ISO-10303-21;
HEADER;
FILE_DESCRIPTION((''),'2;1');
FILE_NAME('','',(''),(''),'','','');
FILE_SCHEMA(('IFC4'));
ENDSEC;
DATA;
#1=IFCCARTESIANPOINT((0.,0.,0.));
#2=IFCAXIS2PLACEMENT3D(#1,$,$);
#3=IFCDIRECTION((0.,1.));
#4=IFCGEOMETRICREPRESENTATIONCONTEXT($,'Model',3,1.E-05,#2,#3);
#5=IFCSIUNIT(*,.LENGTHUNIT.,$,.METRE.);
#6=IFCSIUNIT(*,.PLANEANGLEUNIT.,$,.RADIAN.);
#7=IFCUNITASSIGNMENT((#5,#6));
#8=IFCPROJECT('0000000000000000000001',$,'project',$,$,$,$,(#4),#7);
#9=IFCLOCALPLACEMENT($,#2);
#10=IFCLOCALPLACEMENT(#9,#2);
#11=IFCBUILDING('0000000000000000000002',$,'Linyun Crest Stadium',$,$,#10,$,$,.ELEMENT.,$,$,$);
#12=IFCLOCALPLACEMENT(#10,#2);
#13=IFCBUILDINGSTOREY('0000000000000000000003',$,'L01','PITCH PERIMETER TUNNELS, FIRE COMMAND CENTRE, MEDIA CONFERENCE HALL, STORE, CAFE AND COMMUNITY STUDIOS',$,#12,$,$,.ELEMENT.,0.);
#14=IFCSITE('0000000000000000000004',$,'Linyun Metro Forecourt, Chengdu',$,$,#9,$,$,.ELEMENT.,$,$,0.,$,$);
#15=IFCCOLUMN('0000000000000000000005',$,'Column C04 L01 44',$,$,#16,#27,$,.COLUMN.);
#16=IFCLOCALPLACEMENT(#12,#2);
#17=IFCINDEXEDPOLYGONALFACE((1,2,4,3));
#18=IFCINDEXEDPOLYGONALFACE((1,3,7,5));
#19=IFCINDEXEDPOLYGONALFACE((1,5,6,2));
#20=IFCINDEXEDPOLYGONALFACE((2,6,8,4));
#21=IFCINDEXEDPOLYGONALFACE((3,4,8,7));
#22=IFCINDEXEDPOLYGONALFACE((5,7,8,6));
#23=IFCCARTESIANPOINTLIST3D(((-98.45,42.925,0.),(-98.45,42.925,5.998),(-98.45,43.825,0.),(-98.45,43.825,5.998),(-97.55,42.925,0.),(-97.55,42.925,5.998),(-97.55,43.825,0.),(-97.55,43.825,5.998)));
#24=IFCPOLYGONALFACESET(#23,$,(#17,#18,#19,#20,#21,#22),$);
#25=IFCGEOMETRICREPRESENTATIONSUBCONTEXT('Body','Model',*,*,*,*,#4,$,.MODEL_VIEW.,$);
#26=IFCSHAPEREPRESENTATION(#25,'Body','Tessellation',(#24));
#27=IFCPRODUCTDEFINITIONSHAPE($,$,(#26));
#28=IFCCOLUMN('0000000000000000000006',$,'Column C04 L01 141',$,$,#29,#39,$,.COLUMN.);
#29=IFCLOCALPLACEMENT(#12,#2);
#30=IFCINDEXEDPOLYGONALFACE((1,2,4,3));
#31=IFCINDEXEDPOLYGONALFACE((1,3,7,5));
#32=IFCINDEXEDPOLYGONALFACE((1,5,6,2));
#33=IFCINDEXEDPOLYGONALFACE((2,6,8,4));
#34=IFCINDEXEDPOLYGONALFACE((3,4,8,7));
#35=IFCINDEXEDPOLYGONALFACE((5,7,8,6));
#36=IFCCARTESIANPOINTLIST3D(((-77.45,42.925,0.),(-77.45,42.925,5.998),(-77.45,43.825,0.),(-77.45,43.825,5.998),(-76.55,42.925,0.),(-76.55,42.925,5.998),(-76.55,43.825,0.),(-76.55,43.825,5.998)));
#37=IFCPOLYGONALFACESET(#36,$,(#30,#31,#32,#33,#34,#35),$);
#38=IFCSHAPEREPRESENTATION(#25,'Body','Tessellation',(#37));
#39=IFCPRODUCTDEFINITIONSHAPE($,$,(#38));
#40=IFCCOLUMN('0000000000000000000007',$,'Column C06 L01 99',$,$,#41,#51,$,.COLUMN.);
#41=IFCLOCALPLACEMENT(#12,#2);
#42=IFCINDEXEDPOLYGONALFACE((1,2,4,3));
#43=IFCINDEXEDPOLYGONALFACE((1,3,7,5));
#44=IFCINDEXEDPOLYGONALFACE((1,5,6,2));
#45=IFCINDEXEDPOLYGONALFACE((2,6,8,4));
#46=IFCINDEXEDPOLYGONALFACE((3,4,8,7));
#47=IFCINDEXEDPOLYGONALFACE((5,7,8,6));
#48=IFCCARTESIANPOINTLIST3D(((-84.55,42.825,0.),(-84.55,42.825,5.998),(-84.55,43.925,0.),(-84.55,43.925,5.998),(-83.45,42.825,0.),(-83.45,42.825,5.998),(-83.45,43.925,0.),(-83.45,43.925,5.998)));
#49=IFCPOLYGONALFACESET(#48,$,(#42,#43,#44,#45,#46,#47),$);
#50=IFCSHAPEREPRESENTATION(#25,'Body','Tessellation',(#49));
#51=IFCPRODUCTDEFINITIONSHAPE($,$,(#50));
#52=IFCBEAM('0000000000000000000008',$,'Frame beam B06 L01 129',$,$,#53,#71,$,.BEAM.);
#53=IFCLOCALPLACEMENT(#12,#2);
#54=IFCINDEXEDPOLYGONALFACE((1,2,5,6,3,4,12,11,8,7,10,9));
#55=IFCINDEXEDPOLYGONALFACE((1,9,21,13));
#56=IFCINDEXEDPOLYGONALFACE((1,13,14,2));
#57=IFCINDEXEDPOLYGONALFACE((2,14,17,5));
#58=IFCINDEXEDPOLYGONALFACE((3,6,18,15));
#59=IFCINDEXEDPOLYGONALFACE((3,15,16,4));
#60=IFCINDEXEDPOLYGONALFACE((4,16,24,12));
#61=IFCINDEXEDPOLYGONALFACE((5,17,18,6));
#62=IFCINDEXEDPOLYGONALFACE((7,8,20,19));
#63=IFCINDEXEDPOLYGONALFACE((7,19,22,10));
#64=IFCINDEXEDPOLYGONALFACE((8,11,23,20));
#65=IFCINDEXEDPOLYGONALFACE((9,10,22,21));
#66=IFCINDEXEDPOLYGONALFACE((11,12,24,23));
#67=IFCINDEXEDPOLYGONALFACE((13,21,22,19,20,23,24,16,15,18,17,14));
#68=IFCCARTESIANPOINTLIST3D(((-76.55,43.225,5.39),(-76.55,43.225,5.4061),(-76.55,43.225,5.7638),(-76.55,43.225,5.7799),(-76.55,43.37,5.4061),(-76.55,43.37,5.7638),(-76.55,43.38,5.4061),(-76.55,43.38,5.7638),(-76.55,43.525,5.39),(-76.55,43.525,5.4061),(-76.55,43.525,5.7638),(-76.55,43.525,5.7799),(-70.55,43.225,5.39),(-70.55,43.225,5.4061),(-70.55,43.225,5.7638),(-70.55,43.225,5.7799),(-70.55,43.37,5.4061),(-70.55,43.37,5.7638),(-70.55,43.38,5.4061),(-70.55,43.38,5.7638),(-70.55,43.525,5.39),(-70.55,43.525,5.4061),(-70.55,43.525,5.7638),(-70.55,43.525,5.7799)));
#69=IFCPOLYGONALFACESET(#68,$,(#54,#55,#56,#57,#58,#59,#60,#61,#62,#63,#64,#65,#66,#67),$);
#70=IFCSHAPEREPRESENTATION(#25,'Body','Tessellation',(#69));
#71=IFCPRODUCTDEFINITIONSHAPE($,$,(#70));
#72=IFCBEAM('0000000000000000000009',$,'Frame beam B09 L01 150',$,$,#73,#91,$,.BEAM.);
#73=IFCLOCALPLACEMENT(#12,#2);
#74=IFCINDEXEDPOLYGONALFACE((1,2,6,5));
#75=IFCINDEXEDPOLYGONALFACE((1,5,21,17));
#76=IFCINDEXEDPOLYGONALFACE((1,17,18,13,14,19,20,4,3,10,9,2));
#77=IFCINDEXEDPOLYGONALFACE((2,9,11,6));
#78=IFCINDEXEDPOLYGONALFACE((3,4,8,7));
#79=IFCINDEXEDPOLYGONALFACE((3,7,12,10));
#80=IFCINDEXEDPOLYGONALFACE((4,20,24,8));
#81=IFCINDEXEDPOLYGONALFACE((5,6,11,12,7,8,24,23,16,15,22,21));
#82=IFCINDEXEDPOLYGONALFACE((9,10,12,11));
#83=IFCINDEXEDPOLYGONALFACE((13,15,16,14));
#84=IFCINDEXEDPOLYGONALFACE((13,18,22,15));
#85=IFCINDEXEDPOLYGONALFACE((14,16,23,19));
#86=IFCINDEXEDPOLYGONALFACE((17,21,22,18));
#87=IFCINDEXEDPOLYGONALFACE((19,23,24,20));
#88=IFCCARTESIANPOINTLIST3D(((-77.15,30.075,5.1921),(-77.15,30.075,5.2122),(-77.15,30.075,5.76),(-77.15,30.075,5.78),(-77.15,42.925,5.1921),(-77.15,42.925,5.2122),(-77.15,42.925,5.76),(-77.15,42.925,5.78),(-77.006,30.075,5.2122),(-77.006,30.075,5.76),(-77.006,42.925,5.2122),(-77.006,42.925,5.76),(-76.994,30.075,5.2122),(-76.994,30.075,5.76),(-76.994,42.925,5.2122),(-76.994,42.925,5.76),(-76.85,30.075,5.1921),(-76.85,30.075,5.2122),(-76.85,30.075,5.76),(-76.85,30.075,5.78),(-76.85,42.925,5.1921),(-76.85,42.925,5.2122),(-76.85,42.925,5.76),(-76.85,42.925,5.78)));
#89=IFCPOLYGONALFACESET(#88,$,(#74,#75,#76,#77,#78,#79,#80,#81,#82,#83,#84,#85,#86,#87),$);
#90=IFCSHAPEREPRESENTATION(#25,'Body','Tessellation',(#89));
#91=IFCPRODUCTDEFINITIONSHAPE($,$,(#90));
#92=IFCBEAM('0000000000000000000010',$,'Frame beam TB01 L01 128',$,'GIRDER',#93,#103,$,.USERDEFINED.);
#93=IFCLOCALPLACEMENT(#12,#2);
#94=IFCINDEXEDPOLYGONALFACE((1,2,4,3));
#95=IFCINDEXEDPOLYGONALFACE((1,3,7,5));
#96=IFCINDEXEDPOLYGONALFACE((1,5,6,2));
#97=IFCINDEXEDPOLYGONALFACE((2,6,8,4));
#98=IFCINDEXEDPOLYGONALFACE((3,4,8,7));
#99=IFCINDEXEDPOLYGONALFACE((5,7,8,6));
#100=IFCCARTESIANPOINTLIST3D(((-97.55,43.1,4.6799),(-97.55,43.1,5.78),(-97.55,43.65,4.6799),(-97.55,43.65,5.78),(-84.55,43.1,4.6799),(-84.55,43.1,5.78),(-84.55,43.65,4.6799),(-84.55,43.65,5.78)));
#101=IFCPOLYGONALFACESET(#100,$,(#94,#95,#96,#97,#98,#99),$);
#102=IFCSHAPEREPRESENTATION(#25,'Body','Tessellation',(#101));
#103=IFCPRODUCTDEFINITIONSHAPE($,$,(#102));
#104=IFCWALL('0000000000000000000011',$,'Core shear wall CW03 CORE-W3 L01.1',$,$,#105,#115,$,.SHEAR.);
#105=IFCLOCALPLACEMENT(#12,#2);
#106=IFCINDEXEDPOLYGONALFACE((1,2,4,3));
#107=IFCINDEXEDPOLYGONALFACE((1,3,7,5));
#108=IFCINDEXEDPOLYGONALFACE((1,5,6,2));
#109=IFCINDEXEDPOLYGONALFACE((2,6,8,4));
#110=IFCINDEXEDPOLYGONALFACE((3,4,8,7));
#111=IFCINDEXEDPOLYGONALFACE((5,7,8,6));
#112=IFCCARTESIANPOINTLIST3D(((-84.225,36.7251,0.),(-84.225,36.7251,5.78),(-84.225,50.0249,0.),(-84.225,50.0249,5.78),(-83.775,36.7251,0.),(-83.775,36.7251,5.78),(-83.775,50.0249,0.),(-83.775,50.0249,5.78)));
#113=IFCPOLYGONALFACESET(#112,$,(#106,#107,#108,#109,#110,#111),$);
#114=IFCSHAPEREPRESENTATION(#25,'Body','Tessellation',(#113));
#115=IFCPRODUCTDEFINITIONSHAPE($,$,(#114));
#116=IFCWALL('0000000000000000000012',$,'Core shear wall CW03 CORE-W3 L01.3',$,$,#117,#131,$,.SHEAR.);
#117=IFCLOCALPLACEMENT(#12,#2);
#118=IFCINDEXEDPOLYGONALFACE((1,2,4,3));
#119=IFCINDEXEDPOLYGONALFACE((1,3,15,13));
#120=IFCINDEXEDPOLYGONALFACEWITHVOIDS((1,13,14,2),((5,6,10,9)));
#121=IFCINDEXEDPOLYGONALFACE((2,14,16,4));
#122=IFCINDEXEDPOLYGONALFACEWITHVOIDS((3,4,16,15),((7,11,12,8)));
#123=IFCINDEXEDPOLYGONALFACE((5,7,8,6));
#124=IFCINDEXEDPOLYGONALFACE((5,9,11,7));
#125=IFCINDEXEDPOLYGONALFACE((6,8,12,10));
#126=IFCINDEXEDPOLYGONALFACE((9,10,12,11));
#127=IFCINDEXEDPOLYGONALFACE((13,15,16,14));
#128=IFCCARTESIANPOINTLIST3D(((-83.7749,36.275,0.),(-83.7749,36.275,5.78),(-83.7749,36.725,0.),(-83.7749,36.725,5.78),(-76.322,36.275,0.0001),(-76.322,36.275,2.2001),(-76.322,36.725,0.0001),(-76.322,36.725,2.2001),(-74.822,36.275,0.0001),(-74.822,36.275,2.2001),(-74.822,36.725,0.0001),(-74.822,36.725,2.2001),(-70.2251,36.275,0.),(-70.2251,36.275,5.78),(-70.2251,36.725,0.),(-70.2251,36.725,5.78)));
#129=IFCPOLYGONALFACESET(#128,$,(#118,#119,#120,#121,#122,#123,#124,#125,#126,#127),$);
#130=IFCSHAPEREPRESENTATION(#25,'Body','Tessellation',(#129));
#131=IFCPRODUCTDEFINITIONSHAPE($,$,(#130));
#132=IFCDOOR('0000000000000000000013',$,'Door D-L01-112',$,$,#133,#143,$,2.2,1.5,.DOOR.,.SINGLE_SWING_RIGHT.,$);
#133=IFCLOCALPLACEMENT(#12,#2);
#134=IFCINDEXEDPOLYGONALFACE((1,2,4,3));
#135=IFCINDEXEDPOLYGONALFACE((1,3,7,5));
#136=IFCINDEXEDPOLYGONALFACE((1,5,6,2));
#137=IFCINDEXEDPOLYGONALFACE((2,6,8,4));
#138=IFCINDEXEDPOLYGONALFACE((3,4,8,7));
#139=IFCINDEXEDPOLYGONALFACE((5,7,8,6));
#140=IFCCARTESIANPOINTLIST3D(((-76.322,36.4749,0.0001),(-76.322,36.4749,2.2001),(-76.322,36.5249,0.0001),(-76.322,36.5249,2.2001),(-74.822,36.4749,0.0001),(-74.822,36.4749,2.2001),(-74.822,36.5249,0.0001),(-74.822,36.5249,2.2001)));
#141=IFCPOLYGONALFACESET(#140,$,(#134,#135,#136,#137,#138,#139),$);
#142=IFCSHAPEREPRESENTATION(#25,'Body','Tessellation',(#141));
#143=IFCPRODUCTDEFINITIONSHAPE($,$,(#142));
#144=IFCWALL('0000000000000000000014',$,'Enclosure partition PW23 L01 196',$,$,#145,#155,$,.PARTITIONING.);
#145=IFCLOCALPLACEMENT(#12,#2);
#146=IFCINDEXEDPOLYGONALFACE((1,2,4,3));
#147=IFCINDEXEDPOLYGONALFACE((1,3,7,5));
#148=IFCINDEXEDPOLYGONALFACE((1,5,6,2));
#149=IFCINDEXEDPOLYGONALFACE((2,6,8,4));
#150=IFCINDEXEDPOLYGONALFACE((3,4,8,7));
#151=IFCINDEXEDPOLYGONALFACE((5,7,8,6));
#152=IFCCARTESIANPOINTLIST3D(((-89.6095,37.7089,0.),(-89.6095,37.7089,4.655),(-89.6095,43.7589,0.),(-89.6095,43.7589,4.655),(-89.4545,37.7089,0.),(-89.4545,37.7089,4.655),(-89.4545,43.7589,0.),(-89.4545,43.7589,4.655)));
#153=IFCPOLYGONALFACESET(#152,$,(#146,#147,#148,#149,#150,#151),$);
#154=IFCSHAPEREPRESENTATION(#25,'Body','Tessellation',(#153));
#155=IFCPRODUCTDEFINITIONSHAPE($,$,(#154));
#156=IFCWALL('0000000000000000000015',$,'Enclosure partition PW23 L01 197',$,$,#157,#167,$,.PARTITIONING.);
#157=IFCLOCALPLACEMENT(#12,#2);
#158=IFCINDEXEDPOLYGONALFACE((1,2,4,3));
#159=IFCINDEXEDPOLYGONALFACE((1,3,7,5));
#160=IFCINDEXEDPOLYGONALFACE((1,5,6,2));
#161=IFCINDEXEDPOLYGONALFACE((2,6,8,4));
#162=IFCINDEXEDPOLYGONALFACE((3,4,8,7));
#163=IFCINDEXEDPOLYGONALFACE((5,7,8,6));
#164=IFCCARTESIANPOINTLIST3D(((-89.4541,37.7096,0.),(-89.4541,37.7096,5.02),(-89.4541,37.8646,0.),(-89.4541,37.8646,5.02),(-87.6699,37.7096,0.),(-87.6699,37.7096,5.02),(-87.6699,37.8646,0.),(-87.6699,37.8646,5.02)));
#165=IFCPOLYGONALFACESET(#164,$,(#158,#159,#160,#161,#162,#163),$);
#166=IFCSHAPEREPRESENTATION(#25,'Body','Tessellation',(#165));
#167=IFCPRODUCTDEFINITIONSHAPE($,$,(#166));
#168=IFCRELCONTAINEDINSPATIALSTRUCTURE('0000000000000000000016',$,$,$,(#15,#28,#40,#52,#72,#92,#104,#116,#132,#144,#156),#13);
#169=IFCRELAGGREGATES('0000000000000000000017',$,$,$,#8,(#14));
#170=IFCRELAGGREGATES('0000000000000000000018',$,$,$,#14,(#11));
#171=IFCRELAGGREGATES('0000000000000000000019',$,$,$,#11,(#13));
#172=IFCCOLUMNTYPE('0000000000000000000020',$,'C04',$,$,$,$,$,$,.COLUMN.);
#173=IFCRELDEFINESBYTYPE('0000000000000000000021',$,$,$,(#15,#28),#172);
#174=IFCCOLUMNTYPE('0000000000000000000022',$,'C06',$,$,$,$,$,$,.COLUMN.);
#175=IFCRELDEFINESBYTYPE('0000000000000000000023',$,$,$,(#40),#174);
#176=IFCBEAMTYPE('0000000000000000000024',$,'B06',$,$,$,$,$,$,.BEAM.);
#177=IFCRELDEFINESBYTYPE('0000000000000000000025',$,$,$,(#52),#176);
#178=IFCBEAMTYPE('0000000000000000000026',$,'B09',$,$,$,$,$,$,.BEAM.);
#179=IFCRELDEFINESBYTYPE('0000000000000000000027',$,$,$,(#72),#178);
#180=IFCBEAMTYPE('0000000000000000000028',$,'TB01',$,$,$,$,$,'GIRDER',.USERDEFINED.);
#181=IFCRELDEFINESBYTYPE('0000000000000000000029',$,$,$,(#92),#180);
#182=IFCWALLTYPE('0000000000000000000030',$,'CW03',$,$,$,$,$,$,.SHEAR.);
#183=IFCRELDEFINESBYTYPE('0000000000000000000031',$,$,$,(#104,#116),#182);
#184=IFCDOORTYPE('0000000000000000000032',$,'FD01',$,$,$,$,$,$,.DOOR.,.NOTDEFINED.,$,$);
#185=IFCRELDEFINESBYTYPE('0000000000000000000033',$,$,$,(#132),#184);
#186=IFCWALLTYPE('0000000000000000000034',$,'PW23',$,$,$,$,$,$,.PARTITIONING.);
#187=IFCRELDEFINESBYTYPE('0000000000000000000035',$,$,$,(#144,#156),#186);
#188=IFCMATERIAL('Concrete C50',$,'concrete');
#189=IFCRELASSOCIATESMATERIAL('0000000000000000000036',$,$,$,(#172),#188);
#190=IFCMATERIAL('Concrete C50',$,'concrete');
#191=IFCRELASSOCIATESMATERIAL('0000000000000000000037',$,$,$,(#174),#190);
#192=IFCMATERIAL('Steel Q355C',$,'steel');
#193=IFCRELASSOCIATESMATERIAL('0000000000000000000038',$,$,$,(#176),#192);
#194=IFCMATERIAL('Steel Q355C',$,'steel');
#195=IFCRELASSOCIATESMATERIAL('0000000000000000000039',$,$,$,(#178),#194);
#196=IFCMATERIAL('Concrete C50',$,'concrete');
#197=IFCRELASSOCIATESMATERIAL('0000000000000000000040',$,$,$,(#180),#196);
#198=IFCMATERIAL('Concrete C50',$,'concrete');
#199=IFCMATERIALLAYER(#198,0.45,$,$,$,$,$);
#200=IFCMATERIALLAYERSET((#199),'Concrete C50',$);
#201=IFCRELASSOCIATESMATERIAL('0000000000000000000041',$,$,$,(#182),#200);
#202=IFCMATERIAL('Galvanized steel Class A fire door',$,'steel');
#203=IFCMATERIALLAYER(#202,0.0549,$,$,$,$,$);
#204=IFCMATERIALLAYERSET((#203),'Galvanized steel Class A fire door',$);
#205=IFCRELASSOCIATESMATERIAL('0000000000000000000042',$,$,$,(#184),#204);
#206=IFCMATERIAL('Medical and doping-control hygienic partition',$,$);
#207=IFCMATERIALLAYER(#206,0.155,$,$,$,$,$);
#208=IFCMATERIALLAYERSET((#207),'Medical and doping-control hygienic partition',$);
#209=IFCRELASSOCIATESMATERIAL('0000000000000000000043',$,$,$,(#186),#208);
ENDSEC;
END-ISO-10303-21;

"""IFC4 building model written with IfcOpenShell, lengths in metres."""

from ifc_helpers import new_model, si_unit, direction, frame, frame_2d, origin, origin_2d, place, context, subcontext, project, spatial, rectangle, i_section, extrude, material, layer, layer_set, material_profile, profile_set, type_object, element, fill, save


model = new_model("IFC4")

# Units and contexts
model_context = context("Model", 3, precision=1e-05, world=origin(), true_north=direction((0.0, 1.0)))
body_context = subcontext(model_context, "Body", "Model", "MODEL_VIEW")
ifc_project = project(units=[si_unit("LENGTHUNIT", "METRE"), si_unit("PLANEANGLEUNIT", "RADIAN")], contexts=[model_context])

# Site, building, storey
site_placement = place(None, origin())
site = spatial("IfcSite", under=ifc_project, at=site_placement, Name="Linyun Metro Forecourt, Chengdu", CompositionType="ELEMENT", RefElevation=0.0)
building_placement = place(site_placement, origin())
building = spatial("IfcBuilding", under=site, at=building_placement, Name="Linyun Crest Stadium", CompositionType="ELEMENT")
storey_placement = place(building_placement, origin())
storey = spatial("IfcBuildingStorey", under=building, at=storey_placement, Name="L01", Description="PITCH PERIMETER TUNNELS, FIRE COMMAND CENTRE, MEDIA CONFERENCE HALL, STORE, CAFE AND COMMUNITY STUDIOS", CompositionType="ELEMENT", Elevation=0.0)

# Columns
ifc_material_1 = material(Name="Concrete C50", Category="concrete")
ifc_material_profile_1 = material_profile(ifc_material_1, rectangle(XDim=0.8999, YDim=0.8999, at=origin_2d()), Name="RC 900x900")
ifc_profile_set_1 = profile_set([ifc_material_profile_1], Name="Concrete C50")
column_type_1 = type_object("IfcColumnType", Name="C04", PredefinedType="COLUMN", material=ifc_profile_set_1)
for number, where, z_axis, x_axis, name in (
    (1, (-98.0, 43.375, 0.0), (0.0, 0.0, 1.0), (1.0, 0.0, 0.0), "Column C04 L01 44"),
    (2, (-77.0, 43.375, 0.0), (0.0, 0.0, 1.0), (1.0, 0.0, 0.0), "Column C04 L01 141"),
):
    element("IfcColumn", number, at=place(storey_placement, frame(where, z_axis=z_axis, x_axis=x_axis)), inside=storey, type_object=column_type_1, Name=name, PredefinedType="COLUMN", context=body_context, shape_type="SweptSolid", body=[
        extrude(rectangle(XDim=0.8999, YDim=0.8999, at=origin_2d()), origin(), (0.0, 0.0, 1.0), 5.998),
    ])
ifc_material_2 = material(Name="Concrete C50", Category="concrete")
ifc_material_profile_2 = material_profile(ifc_material_2, rectangle(XDim=1.1001, YDim=1.1001, at=origin_2d()), Name="RC 1100x1100")
ifc_profile_set_2 = profile_set([ifc_material_profile_2], Name="Concrete C50")
column_type_2 = type_object("IfcColumnType", Name="C06", PredefinedType="COLUMN", material=ifc_profile_set_2)
column_placement = place(storey_placement, frame((-84.0, 43.375, 0.0), z_axis=(0.0, 0.0, 1.0), x_axis=(1.0, 0.0, 0.0)))
element("IfcColumn", 3, at=column_placement, inside=storey, type_object=column_type_2, Name="Column C06 L01 99", PredefinedType="COLUMN", context=body_context, shape_type="SweptSolid", body=[
    extrude(rectangle(XDim=1.1001, YDim=1.1001, at=origin_2d()), origin(), (0.0, 0.0, 1.0), 5.998),
])

# Beams
ifc_material_3 = material(Name="Steel Q355C", Category="steel")
ifc_material_profile_3 = material_profile(ifc_material_3, i_section(OverallWidth=0.3, OverallDepth=0.3899, WebThickness=0.01, FlangeThickness=0.0161, at=origin_2d()), Name="HM 390x300")
ifc_profile_set_3 = profile_set([ifc_material_profile_3], Name="Steel Q355C")
beam_type_1 = type_object("IfcBeamType", Name="B06", PredefinedType="BEAM", material=ifc_profile_set_3)
beam_1_placement = place(storey_placement, frame((-76.55, 43.375, 5.585), z_axis=(1.0, 0.0, 0.0), x_axis=(0.0, 1.0, 0.0)))
element("IfcBeam", 4, at=beam_1_placement, inside=storey, type_object=beam_type_1, Name="Frame beam B06 L01 129", PredefinedType="BEAM", context=body_context, shape_type="SweptSolid", body=[
    extrude(i_section(OverallWidth=0.3, OverallDepth=0.3899, WebThickness=0.01, FlangeThickness=0.0161, at=origin_2d()), origin(), (0.0, 0.0, 1.0), 6.0),
])
ifc_material_4 = material(Name="Steel Q355C", Category="steel")
ifc_material_profile_4 = material_profile(ifc_material_4, i_section(OverallWidth=0.3, OverallDepth=0.5879, WebThickness=0.012, FlangeThickness=0.02, at=origin_2d()), Name="HM 588x300")
ifc_profile_set_4 = profile_set([ifc_material_profile_4], Name="Steel Q355C")
beam_type_2 = type_object("IfcBeamType", Name="B09", PredefinedType="BEAM", material=ifc_profile_set_4)
beam_2_placement = place(storey_placement, frame((-77.0, 30.075, 5.4861), z_axis=(0.0, 1.0, 0.0), x_axis=(-1.0, 0.0, 0.0)))
element("IfcBeam", 5, at=beam_2_placement, inside=storey, type_object=beam_type_2, Name="Frame beam B09 L01 150", PredefinedType="BEAM", context=body_context, shape_type="SweptSolid", body=[
    extrude(i_section(OverallWidth=0.3, OverallDepth=0.5879, WebThickness=0.012, FlangeThickness=0.02, at=origin_2d()), origin(), (0.0, 0.0, 1.0), 12.8501),
])
ifc_material_5 = material(Name="Concrete C50", Category="concrete")
ifc_material_profile_5 = material_profile(ifc_material_5, rectangle(XDim=0.55, YDim=1.1001, at=origin_2d()), Name="RCB 1100x550")
ifc_profile_set_5 = profile_set([ifc_material_profile_5], Name="Concrete C50")
beam_type_3 = type_object("IfcBeamType", Name="TB01", ElementType="GIRDER", PredefinedType="USERDEFINED", material=ifc_profile_set_5)
beam_3_placement = place(storey_placement, frame((-97.55, 43.375, 5.23), z_axis=(1.0, 0.0, 0.0), x_axis=(0.0, 1.0, 0.0)))
element("IfcBeam", 6, at=beam_3_placement, inside=storey, type_object=beam_type_3, Name="Frame beam TB01 L01 128", ObjectType="GIRDER", PredefinedType="USERDEFINED", context=body_context, shape_type="SweptSolid", body=[
    extrude(rectangle(XDim=0.55, YDim=1.1001, at=origin_2d()), origin(), (0.0, 0.0, 1.0), 13.0),
])

# Wall
ifc_material_6 = material(Name="Concrete C50", Category="concrete")
ifc_layer_1 = layer(ifc_material_6, 0.45)
ifc_layer_set_1 = layer_set([ifc_layer_1], Name="Concrete C50")
wall_type_1 = type_object("IfcWallType", Name="CW03", PredefinedType="SHEAR", material=ifc_layer_set_1)
wall_1_placement = place(storey_placement, frame((-84.0, 36.7251, 0.0), z_axis=(0.0, 0.0, 1.0), x_axis=(0.0, 1.0, 0.0)))
element("IfcWall", 7, at=wall_1_placement, inside=storey, type_object=wall_type_1, Name="Core shear wall CW03 CORE-W3 L01.1", PredefinedType="SHEAR", context=body_context, shape_type="SweptSolid", body=[
    extrude(rectangle(XDim=13.2998, YDim=0.45, at=frame_2d((6.6499, 0.0))), origin(), (0.0, 0.0, 1.0), 5.78),
])

# Wall, opening, door
wall_2_placement = place(storey_placement, frame((-83.7749, 36.5, 0.0), z_axis=(0.0, 0.0, 1.0), x_axis=(1.0, 0.0, 0.0)))
wall_2 = element("IfcWall", 8, at=wall_2_placement, inside=storey, type_object=wall_type_1, Name="Core shear wall CW03 CORE-W3 L01.3", PredefinedType="SHEAR", context=body_context, shape_type="SweptSolid", body=[
    extrude(rectangle(XDim=13.5498, YDim=0.45, at=frame_2d((6.7749, 0.0))), origin(), (0.0, 0.0, 1.0), 5.78),
])
opening_1_placement = place(wall_2_placement, frame((7.4529, 0.0, 0.0)))
opening_1 = element("IfcOpeningElement", 9, at=opening_1_placement, cuts=wall_2, PredefinedType="OPENING", context=body_context, shape_type="SweptSolid", body=[
    extrude(rectangle(XDim=1.5, YDim=2.2, at=frame_2d((0.75, 1.1001))), frame((0.0, 0.2349, 0.0), z_axis=(0.0, -1.0, 0.0), x_axis=(1.0, 0.0, 0.0)), (0.0, 0.0, 1.0), 0.47),
])
ifc_material_7 = material(Name="Galvanized steel Class A fire door", Category="steel")
ifc_layer_2 = layer(ifc_material_7, 0.0549)
ifc_layer_set_2 = layer_set([ifc_layer_2], Name="Galvanized steel Class A fire door")
door_type_1 = type_object("IfcDoorType", Name="FD01", OperationType="NOTDEFINED", PredefinedType="DOOR", material=ifc_layer_set_2)
door_1_placement = place(opening_1_placement, origin())
door_1 = element("IfcDoor", 10, at=door_1_placement, inside=storey, type_object=door_type_1, Name="Door D-L01-112", OperationType="SINGLE_SWING_RIGHT", OverallHeight=2.2, OverallWidth=1.5, PredefinedType="DOOR", context=body_context, shape_type="SweptSolid", body=[
    extrude(rectangle(XDim=1.5, YDim=2.2, at=frame_2d((0.75, 1.1001))), frame((0.0, 0.0249, 0.0), z_axis=(0.0, -1.0, 0.0), x_axis=(1.0, 0.0, 0.0)), (0.0, 0.0, 1.0), 0.05),
])
fill(opening_1, door_1)

# Walls
ifc_material_8 = material(Name="Medical and doping-control hygienic partition")
ifc_layer_3 = layer(ifc_material_8, 0.155)
ifc_layer_set_3 = layer_set([ifc_layer_3], Name="Medical and doping-control hygienic partition")
wall_type_2 = type_object("IfcWallType", Name="PW23", PredefinedType="PARTITIONING", material=ifc_layer_set_3)
wall_3_placement = place(storey_placement, frame((-89.532, 37.709, 0.0), z_axis=(0.0, 0.0, 1.0), x_axis=(0.0, 1.0, 0.0)))
element("IfcWall", 11, at=wall_3_placement, inside=storey, type_object=wall_type_2, Name="Enclosure partition PW23 L01 196", PredefinedType="PARTITIONING", context=body_context, shape_type="SweptSolid", body=[
    extrude(rectangle(XDim=6.05, YDim=0.155, at=frame_2d((3.0249, 0.0))), origin(), (0.0, 0.0, 1.0), 4.655),
])
wall_4_placement = place(storey_placement, frame((-89.4541, 37.7871, 0.0), z_axis=(0.0, 0.0, 1.0), x_axis=(1.0, 0.0, 0.0)))
element("IfcWall", 12, at=wall_4_placement, inside=storey, type_object=wall_type_2, Name="Enclosure partition PW23 L01 197", PredefinedType="PARTITIONING", context=body_context, shape_type="SweptSolid", body=[
    extrude(rectangle(XDim=1.7842, YDim=0.155, at=frame_2d((0.8921, 0.0))), origin(), (0.0, 0.0, 1.0), 5.02),
])

save(model, "model.ifc")
